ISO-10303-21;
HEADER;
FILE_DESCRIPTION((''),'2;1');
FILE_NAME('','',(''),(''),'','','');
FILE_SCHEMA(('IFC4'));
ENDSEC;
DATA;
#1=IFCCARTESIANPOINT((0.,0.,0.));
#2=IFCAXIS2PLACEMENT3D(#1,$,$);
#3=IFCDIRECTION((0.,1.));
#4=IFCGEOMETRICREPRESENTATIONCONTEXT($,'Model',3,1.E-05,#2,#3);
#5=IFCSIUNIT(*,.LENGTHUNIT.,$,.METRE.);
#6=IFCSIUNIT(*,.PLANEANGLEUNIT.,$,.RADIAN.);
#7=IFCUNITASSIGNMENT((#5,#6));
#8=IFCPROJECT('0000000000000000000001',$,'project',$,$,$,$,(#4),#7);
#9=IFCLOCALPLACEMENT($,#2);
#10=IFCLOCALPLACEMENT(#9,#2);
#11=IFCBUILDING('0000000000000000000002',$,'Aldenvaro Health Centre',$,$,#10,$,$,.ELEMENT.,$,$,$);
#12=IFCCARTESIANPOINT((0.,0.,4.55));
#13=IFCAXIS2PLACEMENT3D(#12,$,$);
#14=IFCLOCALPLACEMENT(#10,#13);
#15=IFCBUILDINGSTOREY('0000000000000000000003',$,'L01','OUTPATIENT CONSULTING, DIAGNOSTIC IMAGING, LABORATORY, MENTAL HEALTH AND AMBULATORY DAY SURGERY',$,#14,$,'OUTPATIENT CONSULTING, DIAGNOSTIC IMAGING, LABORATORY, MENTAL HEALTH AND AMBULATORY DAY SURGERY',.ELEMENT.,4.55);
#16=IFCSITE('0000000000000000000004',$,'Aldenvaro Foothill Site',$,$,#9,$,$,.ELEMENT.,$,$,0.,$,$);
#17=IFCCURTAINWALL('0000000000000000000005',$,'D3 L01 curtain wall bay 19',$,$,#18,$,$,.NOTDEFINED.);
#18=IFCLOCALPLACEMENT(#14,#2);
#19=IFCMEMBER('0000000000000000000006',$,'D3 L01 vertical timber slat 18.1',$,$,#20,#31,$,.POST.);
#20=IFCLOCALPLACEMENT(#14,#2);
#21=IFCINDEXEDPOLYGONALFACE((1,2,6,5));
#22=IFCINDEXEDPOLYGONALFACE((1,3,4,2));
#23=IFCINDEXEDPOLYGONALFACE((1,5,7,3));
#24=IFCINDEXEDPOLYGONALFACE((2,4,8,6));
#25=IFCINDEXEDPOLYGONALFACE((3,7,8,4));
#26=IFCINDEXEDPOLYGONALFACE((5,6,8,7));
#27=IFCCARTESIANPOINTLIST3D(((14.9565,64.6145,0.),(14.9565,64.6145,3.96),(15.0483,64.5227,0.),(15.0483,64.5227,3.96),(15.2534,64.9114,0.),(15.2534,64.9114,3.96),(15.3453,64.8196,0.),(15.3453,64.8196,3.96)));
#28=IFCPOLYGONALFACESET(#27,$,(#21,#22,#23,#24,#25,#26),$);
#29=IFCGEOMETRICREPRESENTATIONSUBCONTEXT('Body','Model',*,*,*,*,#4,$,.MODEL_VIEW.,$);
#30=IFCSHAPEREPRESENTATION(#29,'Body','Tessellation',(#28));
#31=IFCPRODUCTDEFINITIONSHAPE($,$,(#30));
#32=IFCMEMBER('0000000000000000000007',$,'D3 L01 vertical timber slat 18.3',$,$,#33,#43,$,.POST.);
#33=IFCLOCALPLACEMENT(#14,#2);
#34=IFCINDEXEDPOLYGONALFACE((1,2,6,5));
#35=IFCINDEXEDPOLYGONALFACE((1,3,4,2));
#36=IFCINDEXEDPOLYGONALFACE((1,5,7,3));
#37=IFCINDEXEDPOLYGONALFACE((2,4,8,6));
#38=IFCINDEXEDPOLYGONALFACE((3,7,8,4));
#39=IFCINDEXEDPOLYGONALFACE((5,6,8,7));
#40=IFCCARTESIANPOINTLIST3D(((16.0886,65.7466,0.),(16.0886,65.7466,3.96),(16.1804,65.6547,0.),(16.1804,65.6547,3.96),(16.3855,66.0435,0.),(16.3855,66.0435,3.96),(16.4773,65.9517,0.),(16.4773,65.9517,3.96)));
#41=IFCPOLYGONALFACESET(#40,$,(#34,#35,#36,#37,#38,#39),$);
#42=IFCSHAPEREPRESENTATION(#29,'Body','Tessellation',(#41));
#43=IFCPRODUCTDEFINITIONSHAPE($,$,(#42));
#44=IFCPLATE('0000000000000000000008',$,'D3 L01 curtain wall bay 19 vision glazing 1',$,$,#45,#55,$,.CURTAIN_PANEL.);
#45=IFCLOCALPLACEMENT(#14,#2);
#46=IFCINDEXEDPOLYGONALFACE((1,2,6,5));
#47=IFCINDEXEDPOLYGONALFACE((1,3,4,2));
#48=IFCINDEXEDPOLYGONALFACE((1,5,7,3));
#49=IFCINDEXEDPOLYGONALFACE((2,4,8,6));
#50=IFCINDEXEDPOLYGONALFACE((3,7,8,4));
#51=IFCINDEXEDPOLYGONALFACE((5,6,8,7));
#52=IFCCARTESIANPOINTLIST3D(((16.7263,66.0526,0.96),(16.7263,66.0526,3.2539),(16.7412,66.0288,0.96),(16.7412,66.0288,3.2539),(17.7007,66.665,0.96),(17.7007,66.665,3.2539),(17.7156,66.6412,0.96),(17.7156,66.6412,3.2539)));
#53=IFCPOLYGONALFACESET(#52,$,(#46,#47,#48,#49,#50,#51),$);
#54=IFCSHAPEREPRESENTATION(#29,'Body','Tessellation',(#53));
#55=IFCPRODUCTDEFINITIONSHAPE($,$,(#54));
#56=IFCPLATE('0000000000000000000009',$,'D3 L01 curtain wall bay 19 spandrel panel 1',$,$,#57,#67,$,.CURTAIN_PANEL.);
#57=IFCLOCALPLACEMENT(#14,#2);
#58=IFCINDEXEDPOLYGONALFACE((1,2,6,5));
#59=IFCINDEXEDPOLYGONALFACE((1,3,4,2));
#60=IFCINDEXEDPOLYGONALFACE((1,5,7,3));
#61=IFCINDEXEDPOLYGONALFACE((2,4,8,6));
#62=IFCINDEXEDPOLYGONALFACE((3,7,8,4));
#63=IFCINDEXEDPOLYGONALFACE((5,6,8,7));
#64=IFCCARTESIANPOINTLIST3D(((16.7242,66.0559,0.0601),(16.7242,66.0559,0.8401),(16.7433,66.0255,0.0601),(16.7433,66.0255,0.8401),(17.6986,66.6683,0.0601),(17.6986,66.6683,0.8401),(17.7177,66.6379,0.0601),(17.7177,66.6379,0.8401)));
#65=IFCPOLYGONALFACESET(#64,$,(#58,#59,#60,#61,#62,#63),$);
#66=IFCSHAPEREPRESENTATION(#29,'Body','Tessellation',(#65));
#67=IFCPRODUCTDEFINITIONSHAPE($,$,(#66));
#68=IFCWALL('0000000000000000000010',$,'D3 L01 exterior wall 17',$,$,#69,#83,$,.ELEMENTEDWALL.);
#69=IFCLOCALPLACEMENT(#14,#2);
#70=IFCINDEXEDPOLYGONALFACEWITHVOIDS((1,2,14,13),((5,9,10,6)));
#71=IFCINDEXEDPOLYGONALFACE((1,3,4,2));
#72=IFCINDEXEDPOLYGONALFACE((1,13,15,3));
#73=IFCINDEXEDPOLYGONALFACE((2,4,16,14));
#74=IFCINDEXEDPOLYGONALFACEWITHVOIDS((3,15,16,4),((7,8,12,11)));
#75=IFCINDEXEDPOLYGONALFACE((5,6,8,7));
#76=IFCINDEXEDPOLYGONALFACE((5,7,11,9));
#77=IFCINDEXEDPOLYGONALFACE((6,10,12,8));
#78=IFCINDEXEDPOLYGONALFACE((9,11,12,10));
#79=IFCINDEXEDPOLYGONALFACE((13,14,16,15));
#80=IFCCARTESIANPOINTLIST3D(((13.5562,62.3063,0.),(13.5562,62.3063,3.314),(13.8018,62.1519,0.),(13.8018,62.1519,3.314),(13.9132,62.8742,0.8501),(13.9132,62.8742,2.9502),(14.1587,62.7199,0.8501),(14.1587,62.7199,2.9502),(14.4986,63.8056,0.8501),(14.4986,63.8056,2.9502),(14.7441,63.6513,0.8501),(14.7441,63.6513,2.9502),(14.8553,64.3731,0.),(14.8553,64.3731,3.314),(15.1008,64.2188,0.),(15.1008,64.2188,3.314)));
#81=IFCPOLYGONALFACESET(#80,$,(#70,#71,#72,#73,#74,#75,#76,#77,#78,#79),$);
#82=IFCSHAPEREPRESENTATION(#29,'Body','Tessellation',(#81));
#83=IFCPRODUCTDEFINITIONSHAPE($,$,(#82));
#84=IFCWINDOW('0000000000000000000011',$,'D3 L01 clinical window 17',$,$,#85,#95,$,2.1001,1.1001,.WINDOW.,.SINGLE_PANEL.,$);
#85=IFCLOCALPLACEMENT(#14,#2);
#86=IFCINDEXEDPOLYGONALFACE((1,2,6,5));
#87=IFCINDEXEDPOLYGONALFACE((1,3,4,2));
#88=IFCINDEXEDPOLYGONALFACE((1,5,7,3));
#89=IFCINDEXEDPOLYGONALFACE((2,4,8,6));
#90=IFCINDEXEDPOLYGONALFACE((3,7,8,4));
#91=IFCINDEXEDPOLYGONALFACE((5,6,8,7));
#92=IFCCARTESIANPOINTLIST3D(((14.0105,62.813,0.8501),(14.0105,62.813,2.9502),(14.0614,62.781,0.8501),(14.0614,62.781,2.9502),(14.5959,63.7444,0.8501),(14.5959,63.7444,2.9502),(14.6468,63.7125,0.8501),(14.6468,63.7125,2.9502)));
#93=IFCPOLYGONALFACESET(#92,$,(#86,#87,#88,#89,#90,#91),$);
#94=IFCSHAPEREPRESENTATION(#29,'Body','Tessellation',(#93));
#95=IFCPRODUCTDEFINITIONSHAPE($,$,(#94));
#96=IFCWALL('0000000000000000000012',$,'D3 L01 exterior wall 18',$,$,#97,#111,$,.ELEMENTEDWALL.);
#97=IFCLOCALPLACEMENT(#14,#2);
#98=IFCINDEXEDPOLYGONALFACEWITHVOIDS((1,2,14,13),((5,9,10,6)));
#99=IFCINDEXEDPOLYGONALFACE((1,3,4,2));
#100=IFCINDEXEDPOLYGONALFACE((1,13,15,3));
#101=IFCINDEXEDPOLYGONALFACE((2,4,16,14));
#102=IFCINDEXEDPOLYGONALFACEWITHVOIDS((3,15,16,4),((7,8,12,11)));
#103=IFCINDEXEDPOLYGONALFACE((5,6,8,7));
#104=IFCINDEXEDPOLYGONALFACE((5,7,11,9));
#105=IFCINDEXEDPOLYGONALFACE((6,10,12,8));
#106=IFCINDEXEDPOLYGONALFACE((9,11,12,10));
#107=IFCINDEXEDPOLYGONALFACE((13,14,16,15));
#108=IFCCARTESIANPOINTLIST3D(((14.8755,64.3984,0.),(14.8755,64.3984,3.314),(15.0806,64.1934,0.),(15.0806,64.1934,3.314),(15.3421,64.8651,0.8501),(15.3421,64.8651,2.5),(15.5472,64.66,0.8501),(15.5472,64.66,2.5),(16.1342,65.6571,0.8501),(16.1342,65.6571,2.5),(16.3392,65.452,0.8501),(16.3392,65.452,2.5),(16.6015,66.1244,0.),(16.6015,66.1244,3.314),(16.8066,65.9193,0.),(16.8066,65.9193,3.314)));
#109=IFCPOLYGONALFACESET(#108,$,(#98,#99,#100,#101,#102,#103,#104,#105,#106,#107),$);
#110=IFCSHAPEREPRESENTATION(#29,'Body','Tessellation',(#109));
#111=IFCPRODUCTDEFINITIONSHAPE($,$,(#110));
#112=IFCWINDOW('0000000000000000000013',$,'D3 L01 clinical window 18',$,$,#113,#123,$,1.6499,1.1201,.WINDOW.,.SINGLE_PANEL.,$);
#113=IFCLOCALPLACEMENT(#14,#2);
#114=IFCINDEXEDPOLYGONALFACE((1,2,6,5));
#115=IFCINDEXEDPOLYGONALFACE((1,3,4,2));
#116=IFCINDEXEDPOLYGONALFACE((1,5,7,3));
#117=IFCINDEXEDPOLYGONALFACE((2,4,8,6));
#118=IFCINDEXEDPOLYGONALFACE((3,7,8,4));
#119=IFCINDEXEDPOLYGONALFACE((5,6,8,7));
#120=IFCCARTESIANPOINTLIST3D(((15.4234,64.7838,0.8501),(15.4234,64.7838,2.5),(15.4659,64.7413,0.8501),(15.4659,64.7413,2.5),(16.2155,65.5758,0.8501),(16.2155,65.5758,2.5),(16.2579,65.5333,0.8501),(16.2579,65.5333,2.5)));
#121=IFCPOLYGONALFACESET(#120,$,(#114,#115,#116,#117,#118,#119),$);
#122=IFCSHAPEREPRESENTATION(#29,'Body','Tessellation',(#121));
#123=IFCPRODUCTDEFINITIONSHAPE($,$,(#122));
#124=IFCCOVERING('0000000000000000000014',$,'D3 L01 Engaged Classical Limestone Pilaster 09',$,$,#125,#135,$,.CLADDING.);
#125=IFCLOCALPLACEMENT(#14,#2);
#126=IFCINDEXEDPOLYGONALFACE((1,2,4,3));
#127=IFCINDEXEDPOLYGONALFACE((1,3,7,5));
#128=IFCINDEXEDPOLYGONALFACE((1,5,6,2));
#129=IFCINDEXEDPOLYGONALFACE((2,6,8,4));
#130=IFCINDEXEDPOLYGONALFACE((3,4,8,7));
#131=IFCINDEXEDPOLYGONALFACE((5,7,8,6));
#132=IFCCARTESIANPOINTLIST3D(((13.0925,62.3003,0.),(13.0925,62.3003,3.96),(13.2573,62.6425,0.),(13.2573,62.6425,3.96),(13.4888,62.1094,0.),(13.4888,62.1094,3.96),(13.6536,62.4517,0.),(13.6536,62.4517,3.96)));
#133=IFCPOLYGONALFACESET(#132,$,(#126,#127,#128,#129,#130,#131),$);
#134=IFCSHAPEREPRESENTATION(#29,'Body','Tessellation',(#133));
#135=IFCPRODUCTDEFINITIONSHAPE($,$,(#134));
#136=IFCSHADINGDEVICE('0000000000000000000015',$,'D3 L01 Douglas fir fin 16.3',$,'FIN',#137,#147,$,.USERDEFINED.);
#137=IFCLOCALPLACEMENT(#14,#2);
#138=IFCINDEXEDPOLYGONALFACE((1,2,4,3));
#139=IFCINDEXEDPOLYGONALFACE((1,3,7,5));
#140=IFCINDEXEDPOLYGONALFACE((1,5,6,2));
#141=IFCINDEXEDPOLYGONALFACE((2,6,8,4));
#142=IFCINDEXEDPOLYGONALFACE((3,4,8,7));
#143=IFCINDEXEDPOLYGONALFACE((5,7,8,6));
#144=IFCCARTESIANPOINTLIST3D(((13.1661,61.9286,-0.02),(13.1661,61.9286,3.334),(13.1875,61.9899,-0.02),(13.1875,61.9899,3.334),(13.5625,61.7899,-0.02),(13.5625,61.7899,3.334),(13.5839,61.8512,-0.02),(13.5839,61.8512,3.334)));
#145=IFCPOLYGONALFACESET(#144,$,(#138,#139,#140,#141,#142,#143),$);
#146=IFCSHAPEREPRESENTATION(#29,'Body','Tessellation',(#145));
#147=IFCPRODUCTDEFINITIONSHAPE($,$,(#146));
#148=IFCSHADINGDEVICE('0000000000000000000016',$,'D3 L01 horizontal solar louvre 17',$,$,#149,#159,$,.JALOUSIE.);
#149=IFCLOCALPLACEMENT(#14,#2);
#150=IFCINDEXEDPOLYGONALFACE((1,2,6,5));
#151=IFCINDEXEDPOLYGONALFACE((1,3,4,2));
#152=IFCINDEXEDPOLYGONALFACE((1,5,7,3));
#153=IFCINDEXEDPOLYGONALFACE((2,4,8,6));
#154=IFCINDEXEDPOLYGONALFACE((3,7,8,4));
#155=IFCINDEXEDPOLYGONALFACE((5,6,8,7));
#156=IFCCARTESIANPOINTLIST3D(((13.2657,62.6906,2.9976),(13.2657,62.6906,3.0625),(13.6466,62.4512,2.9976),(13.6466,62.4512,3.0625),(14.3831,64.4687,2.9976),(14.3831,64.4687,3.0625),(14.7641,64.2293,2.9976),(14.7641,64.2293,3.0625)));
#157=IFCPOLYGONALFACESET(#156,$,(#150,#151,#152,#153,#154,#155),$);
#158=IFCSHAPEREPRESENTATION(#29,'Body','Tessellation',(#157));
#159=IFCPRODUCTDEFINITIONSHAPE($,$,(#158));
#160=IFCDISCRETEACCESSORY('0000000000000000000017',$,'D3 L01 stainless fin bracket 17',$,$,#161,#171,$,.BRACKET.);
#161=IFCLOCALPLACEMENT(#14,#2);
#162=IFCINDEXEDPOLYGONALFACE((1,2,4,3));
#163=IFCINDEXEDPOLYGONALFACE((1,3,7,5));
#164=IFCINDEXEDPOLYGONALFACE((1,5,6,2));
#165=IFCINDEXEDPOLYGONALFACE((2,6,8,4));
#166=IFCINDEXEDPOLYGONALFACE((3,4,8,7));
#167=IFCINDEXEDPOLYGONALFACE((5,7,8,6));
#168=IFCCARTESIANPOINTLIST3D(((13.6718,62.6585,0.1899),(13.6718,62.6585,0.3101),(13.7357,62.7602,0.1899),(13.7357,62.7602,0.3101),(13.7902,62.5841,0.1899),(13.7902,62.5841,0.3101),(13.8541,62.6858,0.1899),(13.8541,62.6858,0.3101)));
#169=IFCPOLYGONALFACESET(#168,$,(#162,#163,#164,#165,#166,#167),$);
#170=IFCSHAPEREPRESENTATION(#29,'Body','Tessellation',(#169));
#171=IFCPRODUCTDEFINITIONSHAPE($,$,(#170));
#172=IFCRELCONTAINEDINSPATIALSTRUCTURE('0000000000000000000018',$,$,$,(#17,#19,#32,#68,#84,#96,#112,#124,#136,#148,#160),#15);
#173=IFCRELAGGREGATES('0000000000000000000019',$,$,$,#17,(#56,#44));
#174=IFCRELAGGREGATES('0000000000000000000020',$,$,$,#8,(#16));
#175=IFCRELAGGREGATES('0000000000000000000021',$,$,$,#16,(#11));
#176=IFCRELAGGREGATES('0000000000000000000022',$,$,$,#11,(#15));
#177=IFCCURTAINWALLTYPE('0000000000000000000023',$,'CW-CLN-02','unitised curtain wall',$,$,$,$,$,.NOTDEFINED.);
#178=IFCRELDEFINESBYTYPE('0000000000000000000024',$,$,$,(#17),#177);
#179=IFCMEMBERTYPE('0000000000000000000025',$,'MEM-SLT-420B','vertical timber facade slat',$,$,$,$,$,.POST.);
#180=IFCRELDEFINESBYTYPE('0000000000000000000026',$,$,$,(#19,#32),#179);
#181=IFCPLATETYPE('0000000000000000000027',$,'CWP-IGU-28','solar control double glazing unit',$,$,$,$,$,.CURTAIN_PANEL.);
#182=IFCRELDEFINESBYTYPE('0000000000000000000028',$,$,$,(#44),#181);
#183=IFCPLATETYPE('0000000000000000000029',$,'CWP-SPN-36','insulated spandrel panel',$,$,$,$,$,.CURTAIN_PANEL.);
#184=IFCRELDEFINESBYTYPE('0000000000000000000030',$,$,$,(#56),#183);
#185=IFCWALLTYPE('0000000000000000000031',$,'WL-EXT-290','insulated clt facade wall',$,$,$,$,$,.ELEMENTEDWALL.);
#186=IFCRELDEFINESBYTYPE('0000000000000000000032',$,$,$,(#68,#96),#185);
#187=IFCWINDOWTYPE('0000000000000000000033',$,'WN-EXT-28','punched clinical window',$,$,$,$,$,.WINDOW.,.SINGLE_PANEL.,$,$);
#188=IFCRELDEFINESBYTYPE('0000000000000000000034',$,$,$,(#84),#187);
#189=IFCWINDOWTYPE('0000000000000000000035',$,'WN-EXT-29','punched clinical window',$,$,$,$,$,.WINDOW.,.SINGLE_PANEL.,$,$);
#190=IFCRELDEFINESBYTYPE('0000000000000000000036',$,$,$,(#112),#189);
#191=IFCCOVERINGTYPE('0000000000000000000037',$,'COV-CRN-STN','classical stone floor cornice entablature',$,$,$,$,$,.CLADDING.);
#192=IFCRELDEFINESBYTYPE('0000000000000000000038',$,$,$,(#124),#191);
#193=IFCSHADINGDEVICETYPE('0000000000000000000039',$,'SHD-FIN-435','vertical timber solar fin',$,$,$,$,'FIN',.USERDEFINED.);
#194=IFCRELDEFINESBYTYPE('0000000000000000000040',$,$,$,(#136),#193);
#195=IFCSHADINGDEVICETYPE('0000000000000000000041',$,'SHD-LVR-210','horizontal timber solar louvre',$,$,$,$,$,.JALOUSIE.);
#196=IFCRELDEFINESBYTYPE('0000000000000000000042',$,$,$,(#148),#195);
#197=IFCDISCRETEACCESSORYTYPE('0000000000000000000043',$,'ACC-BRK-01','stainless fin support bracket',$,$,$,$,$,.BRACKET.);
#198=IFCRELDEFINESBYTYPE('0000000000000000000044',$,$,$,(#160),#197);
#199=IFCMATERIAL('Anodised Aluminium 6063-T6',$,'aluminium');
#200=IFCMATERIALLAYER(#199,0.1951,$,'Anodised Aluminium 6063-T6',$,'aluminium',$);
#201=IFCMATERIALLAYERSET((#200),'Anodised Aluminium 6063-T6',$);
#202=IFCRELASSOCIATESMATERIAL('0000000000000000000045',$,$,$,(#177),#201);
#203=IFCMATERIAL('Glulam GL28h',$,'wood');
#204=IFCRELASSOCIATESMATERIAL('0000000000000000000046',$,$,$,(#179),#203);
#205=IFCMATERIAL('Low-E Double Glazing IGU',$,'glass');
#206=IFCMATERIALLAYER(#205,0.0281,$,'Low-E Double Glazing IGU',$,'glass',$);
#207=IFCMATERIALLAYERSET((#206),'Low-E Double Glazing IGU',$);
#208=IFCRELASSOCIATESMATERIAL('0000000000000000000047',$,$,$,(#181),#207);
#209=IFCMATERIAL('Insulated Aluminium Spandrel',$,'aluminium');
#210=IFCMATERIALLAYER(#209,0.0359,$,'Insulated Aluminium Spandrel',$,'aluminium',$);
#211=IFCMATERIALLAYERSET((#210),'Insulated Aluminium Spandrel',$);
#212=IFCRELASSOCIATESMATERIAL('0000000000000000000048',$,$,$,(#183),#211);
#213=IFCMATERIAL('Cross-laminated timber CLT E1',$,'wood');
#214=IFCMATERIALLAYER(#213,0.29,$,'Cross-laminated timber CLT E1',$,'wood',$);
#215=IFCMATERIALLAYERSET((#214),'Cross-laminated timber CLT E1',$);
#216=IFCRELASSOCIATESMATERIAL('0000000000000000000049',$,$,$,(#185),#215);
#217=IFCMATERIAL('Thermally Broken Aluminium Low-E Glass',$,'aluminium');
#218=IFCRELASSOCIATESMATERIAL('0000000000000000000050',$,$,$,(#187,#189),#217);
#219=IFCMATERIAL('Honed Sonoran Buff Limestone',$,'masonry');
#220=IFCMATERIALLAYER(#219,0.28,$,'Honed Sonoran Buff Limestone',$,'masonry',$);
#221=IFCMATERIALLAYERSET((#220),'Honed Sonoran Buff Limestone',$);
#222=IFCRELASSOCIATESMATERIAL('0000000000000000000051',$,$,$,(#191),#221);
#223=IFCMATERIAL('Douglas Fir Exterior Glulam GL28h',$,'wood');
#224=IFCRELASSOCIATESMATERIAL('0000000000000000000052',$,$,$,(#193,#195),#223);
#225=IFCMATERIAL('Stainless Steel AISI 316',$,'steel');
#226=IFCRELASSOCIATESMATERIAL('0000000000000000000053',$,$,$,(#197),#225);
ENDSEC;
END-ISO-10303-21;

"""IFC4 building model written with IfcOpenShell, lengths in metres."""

from ifc_helpers import new_model, si_unit, direction, frame, frame_2d, origin, origin_2d, place, context, subcontext, project, spatial, rectangle, extrude, material, layer, layer_set, material_profile, profile_set, type_object, element, fill, aggregate, save


model = new_model("IFC4")

# Units and contexts
model_context = context("Model", 3, precision=1e-05, world=origin(), true_north=direction((0.0, 1.0)))
body_context = subcontext(model_context, "Body", "Model", "MODEL_VIEW")
ifc_project = project(units=[si_unit("LENGTHUNIT", "METRE"), si_unit("PLANEANGLEUNIT", "RADIAN")], contexts=[model_context])

# Site, building, storey
site_placement = place(None, origin())
site = spatial("IfcSite", under=ifc_project, at=site_placement, Name="Aldenvaro Foothill Site", CompositionType="ELEMENT", RefElevation=0.0)
building_placement = place(site_placement, origin())
building = spatial("IfcBuilding", under=site, at=building_placement, Name="Aldenvaro Health Centre", CompositionType="ELEMENT")
storey_placement = place(building_placement, frame((0.0, 0.0, 4.55)))
storey = spatial("IfcBuildingStorey", under=building, at=storey_placement, Name="L01", Description="OUTPATIENT CONSULTING, DIAGNOSTIC IMAGING, LABORATORY, MENTAL HEALTH AND AMBULATORY DAY SURGERY", LongName="OUTPATIENT CONSULTING, DIAGNOSTIC IMAGING, LABORATORY, MENTAL HEALTH AND AMBULATORY DAY SURGERY", CompositionType="ELEMENT", Elevation=4.55)

# Shared definitions
ifc_material_1 = material(Name="Glulam GL28h", Category="wood")

# Curtain wall
ifc_material_2 = material(Name="Anodised Aluminium 6063-T6", Category="aluminium")
ifc_layer_1 = layer(ifc_material_2, 0.1951, Name="Anodised Aluminium 6063-T6", Category="aluminium")
ifc_layer_set_1 = layer_set([ifc_layer_1], Name="Anodised Aluminium 6063-T6")
curtain_wall_type = type_object("IfcCurtainWallType", Name="CW-CLN-02", Description="unitised curtain wall", PredefinedType="NOTDEFINED", material=ifc_layer_set_1)
curtain_wall_placement = place(storey_placement, origin())
curtain_wall = element("IfcCurtainWall", 1, at=curtain_wall_placement, inside=storey, type_object=curtain_wall_type, Name="D3 L01 curtain wall bay 19", PredefinedType="NOTDEFINED")

# Members
ifc_material_profile_1 = material_profile(ifc_material_1, rectangle(XDim=0.1299, YDim=0.4199, at=origin_2d()), Name="GL 130x420", Category="wood")
ifc_profile_set_1 = profile_set([ifc_material_profile_1], Name="Glulam GL28h")
member_type_1 = type_object("IfcMemberType", Name="MEM-SLT-420B", Description="vertical timber facade slat", PredefinedType="POST", material=ifc_profile_set_1)
for number, where, z_axis, x_axis, name in (
    (2, (15.1509, 64.717, 0.0), (0.0, 0.0, 1.0), (-0.707107, 0.707107, 0.0), "D3 L01 vertical timber slat 18.1"),
    (3, (16.283, 65.8491, 0.0), (0.0, 0.0, 1.0), (-0.707107, 0.707107, 0.0), "D3 L01 vertical timber slat 18.3"),
):
    element("IfcMember", number, at=place(storey_placement, frame(where, z_axis=z_axis, x_axis=x_axis)), inside=storey, type_object=member_type_1, Name=name, PredefinedType="POST", context=body_context, shape_type="SweptSolid", body=[
        extrude(rectangle(XDim=0.1299, YDim=0.4199, at=origin_2d()), origin(), (0.0, 0.0, 1.0), 3.96),
    ])

# Plates
ifc_material_3 = material(Name="Low-E Double Glazing IGU", Category="glass")
ifc_layer_2 = layer(ifc_material_3, 0.0281, Name="Low-E Double Glazing IGU", Category="glass")
ifc_layer_set_2 = layer_set([ifc_layer_2], Name="Low-E Double Glazing IGU")
plate_type_1 = type_object("IfcPlateType", Name="CWP-IGU-28", Description="solar control double glazing unit", PredefinedType="CURTAIN_PANEL", material=ifc_layer_set_2)
plate_1_placement = place(storey_placement, frame((17.2209, 66.3469, 0.96), z_axis=(0.0, 0.0, 1.0), x_axis=(0.846684, 0.532096, 0.0)))
plate_1 = element("IfcPlate", 4, at=plate_1_placement, type_object=plate_type_1, Name="D3 L01 curtain wall bay 19 vision glazing 1", PredefinedType="CURTAIN_PANEL", context=body_context, shape_type="SweptSolid", body=[
    extrude(rectangle(XDim=1.1509, YDim=0.0281, at=origin_2d()), origin(), (0.0, 0.0, 1.0), 2.2939),
])
ifc_material_4 = material(Name="Insulated Aluminium Spandrel", Category="aluminium")
ifc_layer_3 = layer(ifc_material_4, 0.0359, Name="Insulated Aluminium Spandrel", Category="aluminium")
ifc_layer_set_3 = layer_set([ifc_layer_3], Name="Insulated Aluminium Spandrel")
plate_type_2 = type_object("IfcPlateType", Name="CWP-SPN-36", Description="insulated spandrel panel", PredefinedType="CURTAIN_PANEL", material=ifc_layer_set_3)
plate_2_placement = place(storey_placement, frame((17.2209, 66.3469, 0.0601), z_axis=(0.0, 0.0, 1.0), x_axis=(0.846684, 0.532096, 0.0)))
plate_2 = element("IfcPlate", 5, at=plate_2_placement, type_object=plate_type_2, Name="D3 L01 curtain wall bay 19 spandrel panel 1", PredefinedType="CURTAIN_PANEL", context=body_context, shape_type="SweptSolid", body=[
    extrude(rectangle(XDim=1.1509, YDim=0.0359, at=origin_2d()), origin(), (0.0, 0.0, 1.0), 0.78),
])
aggregate(curtain_wall, [plate_2, plate_1])

# Walls, openings, windows
ifc_material_5 = material(Name="Cross-laminated timber CLT E1", Category="wood")
ifc_layer_4 = layer(ifc_material_5, 0.29, Name="Cross-laminated timber CLT E1", Category="wood")
ifc_layer_set_4 = layer_set([ifc_layer_4], Name="Cross-laminated timber CLT E1")
wall_type = type_object("IfcWallType", Name="WL-EXT-290", Description="insulated clt facade wall", PredefinedType="ELEMENTEDWALL", material=ifc_layer_set_4)
wall_1_placement = place(storey_placement, frame((13.679, 62.229, 0.0), z_axis=(0.0, 0.0, 1.0), x_axis=(0.532137, 0.846658, 0.0)))
wall_1 = element("IfcWall", 6, at=wall_1_placement, inside=storey, type_object=wall_type, Name="D3 L01 exterior wall 17", PredefinedType="ELEMENTEDWALL", context=body_context, shape_type="SweptSolid", body=[
    extrude(rectangle(XDim=2.4412, YDim=0.29, at=frame_2d((1.2207, 0.0))), origin(), (0.0, 0.0, 1.0), 3.314),
])
opening_1_placement = place(wall_1_placement, frame((0.6709, 0.0, 0.8501)))
opening_1 = element("IfcOpeningElement", 7, at=opening_1_placement, cuts=wall_1, PredefinedType="OPENING", context=body_context, shape_type="SweptSolid", body=[
    extrude(rectangle(XDim=1.1001, YDim=2.1001, at=frame_2d((0.55, 1.05))), frame((0.0, 0.155, 0.0), z_axis=(0.0, -1.0, 0.0), x_axis=(1.0, 0.0, 0.0)), (0.0, 0.0, 1.0), 0.3101),
])
ifc_material_6 = material(Name="Thermally Broken Aluminium Low-E Glass", Category="aluminium")
window_type_1 = type_object("IfcWindowType", Name="WN-EXT-28", Description="punched clinical window", PartitioningType="SINGLE_PANEL", PredefinedType="WINDOW", material=ifc_material_6)
window_1_placement = place(opening_1_placement, origin())
window_1 = element("IfcWindow", 8, at=window_1_placement, inside=storey, type_object=window_type_1, Name="D3 L01 clinical window 17", OverallHeight=2.1001, OverallWidth=1.1001, PartitioningType="SINGLE_PANEL", PredefinedType="WINDOW", context=body_context, shape_type="SweptSolid", body=[
    extrude(rectangle(XDim=1.1001, YDim=2.1001, at=frame_2d((0.55, 1.05))), frame((0.0, 0.03, 0.0), z_axis=(0.0, -1.0, 0.0), x_axis=(1.0, 0.0, 0.0)), (0.0, 0.0, 1.0), 0.0601),
])
fill(opening_1, window_1)
wall_2_placement = place(storey_placement, frame((14.978, 64.2959, 0.0), z_axis=(0.0, 0.0, 1.0), x_axis=(0.707107, 0.707107, 0.0)))
wall_2 = element("IfcWall", 9, at=wall_2_placement, inside=storey, type_object=wall_type, Name="D3 L01 exterior wall 18", PredefinedType="ELEMENTEDWALL", context=body_context, shape_type="SweptSolid", body=[
    extrude(rectangle(XDim=2.4409, YDim=0.29, at=frame_2d((1.2205, 0.0))), origin(), (0.0, 0.0, 1.0), 3.314),
])
opening_2_placement = place(wall_2_placement, frame((0.6599, 0.0, 0.8501)))
opening_2 = element("IfcOpeningElement", 10, at=opening_2_placement, cuts=wall_2, PredefinedType="OPENING", context=body_context, shape_type="SweptSolid", body=[
    extrude(rectangle(XDim=1.1201, YDim=1.6499, at=frame_2d((0.5601, 0.825))), frame((0.0, 0.155, 0.0), z_axis=(0.0, -1.0, 0.0), x_axis=(1.0, 0.0, 0.0)), (0.0, 0.0, 1.0), 0.3101),
])
window_type_2 = type_object("IfcWindowType", Name="WN-EXT-29", Description="punched clinical window", PartitioningType="SINGLE_PANEL", PredefinedType="WINDOW", material=ifc_material_6)
window_2_placement = place(opening_2_placement, origin())
window_2 = element("IfcWindow", 11, at=window_2_placement, inside=storey, type_object=window_type_2, Name="D3 L01 clinical window 18", OverallHeight=1.6499, OverallWidth=1.1201, PartitioningType="SINGLE_PANEL", PredefinedType="WINDOW", context=body_context, shape_type="SweptSolid", body=[
    extrude(rectangle(XDim=1.1201, YDim=1.6499, at=frame_2d((0.5601, 0.825))), frame((0.0, 0.03, 0.0), z_axis=(0.0, -1.0, 0.0), x_axis=(1.0, 0.0, 0.0)), (0.0, 0.0, 1.0), 0.0601),
])
fill(opening_2, window_2)

# Covering
ifc_material_7 = material(Name="Honed Sonoran Buff Limestone", Category="masonry")
ifc_layer_5 = layer(ifc_material_7, 0.28, Name="Honed Sonoran Buff Limestone", Category="masonry")
ifc_layer_set_5 = layer_set([ifc_layer_5], Name="Honed Sonoran Buff Limestone")
covering_type = type_object("IfcCoveringType", Name="COV-CRN-STN", Description="classical stone floor cornice entablature", PredefinedType="CLADDING", material=ifc_layer_set_5)
covering_placement = place(storey_placement, frame((13.373, 62.376, 0.0), z_axis=(0.0, 0.0, 1.0), x_axis=(-0.900988, 0.433843, 0.0)))
element("IfcCovering", 12, at=covering_placement, inside=storey, type_object=covering_type, Name="D3 L01 Engaged Classical Limestone Pilaster 09", PredefinedType="CLADDING", context=body_context, shape_type="SweptSolid", body=[
    extrude(rectangle(XDim=0.4399, YDim=0.3799, at=origin_2d()), origin(), (0.0, 0.0, 1.0), 3.96),
])

# Shading devices
ifc_material_8 = material(Name="Douglas Fir Exterior Glulam GL28h", Category="wood")
shading_device_type_1 = type_object("IfcShadingDeviceType", Name="SHD-FIN-435", Description="vertical timber solar fin", ElementType="FIN", PredefinedType="USERDEFINED", material=ifc_material_8)
shading_device_1_placement = place(storey_placement, frame((13.375, 61.8899, -0.02), z_axis=(0.0, 0.0, 1.0), x_axis=(0.330204, 0.943909, 0.0)))
element("IfcShadingDevice", 13, at=shading_device_1_placement, inside=storey, type_object=shading_device_type_1, Name="D3 L01 Douglas fir fin 16.3", ObjectType="FIN", PredefinedType="USERDEFINED", context=body_context, shape_type="SweptSolid", body=[
    extrude(rectangle(XDim=0.0649, YDim=0.4199, at=origin_2d()), origin(), (0.0, 0.0, 1.0), 3.354),
])
shading_device_type_2 = type_object("IfcShadingDeviceType", Name="SHD-LVR-210", Description="horizontal timber solar louvre", PredefinedType="JALOUSIE", material=ifc_material_8)
shading_device_2_placement = place(storey_placement, frame((14.0149, 63.46, 2.9976), z_axis=(0.0, 0.0, 1.0), x_axis=(0.532096, 0.846684, 0.0)))
element("IfcShadingDevice", 14, at=shading_device_2_placement, inside=storey, type_object=shading_device_type_2, Name="D3 L01 horizontal solar louvre 17", PredefinedType="JALOUSIE", context=body_context, shape_type="SweptSolid", body=[
    extrude(rectangle(XDim=2.1001, YDim=0.45, at=origin_2d()), origin(), (0.0, 0.0, 1.0), 0.0649),
])

# Discrete accessory
ifc_material_9 = material(Name="Stainless Steel AISI 316", Category="steel")
discrete_accessory_type = type_object("IfcDiscreteAccessoryType", Name="ACC-BRK-01", Description="stainless fin support bracket", PredefinedType="BRACKET", material=ifc_material_9)
discrete_accessory_placement = place(storey_placement, frame((13.7629, 62.6721, 0.1899), z_axis=(0.0, 0.0, 1.0), x_axis=(0.532096, 0.846684, 0.0)))
element("IfcDiscreteAccessory", 15, at=discrete_accessory_placement, inside=storey, type_object=discrete_accessory_type, Name="D3 L01 stainless fin bracket 17", PredefinedType="BRACKET", context=body_context, shape_type="SweptSolid", body=[
    extrude(rectangle(XDim=0.1201, YDim=0.1399, at=origin_2d()), origin(), (0.0, 0.0, 1.0), 0.1201),
])

save(model, "model.ifc")
